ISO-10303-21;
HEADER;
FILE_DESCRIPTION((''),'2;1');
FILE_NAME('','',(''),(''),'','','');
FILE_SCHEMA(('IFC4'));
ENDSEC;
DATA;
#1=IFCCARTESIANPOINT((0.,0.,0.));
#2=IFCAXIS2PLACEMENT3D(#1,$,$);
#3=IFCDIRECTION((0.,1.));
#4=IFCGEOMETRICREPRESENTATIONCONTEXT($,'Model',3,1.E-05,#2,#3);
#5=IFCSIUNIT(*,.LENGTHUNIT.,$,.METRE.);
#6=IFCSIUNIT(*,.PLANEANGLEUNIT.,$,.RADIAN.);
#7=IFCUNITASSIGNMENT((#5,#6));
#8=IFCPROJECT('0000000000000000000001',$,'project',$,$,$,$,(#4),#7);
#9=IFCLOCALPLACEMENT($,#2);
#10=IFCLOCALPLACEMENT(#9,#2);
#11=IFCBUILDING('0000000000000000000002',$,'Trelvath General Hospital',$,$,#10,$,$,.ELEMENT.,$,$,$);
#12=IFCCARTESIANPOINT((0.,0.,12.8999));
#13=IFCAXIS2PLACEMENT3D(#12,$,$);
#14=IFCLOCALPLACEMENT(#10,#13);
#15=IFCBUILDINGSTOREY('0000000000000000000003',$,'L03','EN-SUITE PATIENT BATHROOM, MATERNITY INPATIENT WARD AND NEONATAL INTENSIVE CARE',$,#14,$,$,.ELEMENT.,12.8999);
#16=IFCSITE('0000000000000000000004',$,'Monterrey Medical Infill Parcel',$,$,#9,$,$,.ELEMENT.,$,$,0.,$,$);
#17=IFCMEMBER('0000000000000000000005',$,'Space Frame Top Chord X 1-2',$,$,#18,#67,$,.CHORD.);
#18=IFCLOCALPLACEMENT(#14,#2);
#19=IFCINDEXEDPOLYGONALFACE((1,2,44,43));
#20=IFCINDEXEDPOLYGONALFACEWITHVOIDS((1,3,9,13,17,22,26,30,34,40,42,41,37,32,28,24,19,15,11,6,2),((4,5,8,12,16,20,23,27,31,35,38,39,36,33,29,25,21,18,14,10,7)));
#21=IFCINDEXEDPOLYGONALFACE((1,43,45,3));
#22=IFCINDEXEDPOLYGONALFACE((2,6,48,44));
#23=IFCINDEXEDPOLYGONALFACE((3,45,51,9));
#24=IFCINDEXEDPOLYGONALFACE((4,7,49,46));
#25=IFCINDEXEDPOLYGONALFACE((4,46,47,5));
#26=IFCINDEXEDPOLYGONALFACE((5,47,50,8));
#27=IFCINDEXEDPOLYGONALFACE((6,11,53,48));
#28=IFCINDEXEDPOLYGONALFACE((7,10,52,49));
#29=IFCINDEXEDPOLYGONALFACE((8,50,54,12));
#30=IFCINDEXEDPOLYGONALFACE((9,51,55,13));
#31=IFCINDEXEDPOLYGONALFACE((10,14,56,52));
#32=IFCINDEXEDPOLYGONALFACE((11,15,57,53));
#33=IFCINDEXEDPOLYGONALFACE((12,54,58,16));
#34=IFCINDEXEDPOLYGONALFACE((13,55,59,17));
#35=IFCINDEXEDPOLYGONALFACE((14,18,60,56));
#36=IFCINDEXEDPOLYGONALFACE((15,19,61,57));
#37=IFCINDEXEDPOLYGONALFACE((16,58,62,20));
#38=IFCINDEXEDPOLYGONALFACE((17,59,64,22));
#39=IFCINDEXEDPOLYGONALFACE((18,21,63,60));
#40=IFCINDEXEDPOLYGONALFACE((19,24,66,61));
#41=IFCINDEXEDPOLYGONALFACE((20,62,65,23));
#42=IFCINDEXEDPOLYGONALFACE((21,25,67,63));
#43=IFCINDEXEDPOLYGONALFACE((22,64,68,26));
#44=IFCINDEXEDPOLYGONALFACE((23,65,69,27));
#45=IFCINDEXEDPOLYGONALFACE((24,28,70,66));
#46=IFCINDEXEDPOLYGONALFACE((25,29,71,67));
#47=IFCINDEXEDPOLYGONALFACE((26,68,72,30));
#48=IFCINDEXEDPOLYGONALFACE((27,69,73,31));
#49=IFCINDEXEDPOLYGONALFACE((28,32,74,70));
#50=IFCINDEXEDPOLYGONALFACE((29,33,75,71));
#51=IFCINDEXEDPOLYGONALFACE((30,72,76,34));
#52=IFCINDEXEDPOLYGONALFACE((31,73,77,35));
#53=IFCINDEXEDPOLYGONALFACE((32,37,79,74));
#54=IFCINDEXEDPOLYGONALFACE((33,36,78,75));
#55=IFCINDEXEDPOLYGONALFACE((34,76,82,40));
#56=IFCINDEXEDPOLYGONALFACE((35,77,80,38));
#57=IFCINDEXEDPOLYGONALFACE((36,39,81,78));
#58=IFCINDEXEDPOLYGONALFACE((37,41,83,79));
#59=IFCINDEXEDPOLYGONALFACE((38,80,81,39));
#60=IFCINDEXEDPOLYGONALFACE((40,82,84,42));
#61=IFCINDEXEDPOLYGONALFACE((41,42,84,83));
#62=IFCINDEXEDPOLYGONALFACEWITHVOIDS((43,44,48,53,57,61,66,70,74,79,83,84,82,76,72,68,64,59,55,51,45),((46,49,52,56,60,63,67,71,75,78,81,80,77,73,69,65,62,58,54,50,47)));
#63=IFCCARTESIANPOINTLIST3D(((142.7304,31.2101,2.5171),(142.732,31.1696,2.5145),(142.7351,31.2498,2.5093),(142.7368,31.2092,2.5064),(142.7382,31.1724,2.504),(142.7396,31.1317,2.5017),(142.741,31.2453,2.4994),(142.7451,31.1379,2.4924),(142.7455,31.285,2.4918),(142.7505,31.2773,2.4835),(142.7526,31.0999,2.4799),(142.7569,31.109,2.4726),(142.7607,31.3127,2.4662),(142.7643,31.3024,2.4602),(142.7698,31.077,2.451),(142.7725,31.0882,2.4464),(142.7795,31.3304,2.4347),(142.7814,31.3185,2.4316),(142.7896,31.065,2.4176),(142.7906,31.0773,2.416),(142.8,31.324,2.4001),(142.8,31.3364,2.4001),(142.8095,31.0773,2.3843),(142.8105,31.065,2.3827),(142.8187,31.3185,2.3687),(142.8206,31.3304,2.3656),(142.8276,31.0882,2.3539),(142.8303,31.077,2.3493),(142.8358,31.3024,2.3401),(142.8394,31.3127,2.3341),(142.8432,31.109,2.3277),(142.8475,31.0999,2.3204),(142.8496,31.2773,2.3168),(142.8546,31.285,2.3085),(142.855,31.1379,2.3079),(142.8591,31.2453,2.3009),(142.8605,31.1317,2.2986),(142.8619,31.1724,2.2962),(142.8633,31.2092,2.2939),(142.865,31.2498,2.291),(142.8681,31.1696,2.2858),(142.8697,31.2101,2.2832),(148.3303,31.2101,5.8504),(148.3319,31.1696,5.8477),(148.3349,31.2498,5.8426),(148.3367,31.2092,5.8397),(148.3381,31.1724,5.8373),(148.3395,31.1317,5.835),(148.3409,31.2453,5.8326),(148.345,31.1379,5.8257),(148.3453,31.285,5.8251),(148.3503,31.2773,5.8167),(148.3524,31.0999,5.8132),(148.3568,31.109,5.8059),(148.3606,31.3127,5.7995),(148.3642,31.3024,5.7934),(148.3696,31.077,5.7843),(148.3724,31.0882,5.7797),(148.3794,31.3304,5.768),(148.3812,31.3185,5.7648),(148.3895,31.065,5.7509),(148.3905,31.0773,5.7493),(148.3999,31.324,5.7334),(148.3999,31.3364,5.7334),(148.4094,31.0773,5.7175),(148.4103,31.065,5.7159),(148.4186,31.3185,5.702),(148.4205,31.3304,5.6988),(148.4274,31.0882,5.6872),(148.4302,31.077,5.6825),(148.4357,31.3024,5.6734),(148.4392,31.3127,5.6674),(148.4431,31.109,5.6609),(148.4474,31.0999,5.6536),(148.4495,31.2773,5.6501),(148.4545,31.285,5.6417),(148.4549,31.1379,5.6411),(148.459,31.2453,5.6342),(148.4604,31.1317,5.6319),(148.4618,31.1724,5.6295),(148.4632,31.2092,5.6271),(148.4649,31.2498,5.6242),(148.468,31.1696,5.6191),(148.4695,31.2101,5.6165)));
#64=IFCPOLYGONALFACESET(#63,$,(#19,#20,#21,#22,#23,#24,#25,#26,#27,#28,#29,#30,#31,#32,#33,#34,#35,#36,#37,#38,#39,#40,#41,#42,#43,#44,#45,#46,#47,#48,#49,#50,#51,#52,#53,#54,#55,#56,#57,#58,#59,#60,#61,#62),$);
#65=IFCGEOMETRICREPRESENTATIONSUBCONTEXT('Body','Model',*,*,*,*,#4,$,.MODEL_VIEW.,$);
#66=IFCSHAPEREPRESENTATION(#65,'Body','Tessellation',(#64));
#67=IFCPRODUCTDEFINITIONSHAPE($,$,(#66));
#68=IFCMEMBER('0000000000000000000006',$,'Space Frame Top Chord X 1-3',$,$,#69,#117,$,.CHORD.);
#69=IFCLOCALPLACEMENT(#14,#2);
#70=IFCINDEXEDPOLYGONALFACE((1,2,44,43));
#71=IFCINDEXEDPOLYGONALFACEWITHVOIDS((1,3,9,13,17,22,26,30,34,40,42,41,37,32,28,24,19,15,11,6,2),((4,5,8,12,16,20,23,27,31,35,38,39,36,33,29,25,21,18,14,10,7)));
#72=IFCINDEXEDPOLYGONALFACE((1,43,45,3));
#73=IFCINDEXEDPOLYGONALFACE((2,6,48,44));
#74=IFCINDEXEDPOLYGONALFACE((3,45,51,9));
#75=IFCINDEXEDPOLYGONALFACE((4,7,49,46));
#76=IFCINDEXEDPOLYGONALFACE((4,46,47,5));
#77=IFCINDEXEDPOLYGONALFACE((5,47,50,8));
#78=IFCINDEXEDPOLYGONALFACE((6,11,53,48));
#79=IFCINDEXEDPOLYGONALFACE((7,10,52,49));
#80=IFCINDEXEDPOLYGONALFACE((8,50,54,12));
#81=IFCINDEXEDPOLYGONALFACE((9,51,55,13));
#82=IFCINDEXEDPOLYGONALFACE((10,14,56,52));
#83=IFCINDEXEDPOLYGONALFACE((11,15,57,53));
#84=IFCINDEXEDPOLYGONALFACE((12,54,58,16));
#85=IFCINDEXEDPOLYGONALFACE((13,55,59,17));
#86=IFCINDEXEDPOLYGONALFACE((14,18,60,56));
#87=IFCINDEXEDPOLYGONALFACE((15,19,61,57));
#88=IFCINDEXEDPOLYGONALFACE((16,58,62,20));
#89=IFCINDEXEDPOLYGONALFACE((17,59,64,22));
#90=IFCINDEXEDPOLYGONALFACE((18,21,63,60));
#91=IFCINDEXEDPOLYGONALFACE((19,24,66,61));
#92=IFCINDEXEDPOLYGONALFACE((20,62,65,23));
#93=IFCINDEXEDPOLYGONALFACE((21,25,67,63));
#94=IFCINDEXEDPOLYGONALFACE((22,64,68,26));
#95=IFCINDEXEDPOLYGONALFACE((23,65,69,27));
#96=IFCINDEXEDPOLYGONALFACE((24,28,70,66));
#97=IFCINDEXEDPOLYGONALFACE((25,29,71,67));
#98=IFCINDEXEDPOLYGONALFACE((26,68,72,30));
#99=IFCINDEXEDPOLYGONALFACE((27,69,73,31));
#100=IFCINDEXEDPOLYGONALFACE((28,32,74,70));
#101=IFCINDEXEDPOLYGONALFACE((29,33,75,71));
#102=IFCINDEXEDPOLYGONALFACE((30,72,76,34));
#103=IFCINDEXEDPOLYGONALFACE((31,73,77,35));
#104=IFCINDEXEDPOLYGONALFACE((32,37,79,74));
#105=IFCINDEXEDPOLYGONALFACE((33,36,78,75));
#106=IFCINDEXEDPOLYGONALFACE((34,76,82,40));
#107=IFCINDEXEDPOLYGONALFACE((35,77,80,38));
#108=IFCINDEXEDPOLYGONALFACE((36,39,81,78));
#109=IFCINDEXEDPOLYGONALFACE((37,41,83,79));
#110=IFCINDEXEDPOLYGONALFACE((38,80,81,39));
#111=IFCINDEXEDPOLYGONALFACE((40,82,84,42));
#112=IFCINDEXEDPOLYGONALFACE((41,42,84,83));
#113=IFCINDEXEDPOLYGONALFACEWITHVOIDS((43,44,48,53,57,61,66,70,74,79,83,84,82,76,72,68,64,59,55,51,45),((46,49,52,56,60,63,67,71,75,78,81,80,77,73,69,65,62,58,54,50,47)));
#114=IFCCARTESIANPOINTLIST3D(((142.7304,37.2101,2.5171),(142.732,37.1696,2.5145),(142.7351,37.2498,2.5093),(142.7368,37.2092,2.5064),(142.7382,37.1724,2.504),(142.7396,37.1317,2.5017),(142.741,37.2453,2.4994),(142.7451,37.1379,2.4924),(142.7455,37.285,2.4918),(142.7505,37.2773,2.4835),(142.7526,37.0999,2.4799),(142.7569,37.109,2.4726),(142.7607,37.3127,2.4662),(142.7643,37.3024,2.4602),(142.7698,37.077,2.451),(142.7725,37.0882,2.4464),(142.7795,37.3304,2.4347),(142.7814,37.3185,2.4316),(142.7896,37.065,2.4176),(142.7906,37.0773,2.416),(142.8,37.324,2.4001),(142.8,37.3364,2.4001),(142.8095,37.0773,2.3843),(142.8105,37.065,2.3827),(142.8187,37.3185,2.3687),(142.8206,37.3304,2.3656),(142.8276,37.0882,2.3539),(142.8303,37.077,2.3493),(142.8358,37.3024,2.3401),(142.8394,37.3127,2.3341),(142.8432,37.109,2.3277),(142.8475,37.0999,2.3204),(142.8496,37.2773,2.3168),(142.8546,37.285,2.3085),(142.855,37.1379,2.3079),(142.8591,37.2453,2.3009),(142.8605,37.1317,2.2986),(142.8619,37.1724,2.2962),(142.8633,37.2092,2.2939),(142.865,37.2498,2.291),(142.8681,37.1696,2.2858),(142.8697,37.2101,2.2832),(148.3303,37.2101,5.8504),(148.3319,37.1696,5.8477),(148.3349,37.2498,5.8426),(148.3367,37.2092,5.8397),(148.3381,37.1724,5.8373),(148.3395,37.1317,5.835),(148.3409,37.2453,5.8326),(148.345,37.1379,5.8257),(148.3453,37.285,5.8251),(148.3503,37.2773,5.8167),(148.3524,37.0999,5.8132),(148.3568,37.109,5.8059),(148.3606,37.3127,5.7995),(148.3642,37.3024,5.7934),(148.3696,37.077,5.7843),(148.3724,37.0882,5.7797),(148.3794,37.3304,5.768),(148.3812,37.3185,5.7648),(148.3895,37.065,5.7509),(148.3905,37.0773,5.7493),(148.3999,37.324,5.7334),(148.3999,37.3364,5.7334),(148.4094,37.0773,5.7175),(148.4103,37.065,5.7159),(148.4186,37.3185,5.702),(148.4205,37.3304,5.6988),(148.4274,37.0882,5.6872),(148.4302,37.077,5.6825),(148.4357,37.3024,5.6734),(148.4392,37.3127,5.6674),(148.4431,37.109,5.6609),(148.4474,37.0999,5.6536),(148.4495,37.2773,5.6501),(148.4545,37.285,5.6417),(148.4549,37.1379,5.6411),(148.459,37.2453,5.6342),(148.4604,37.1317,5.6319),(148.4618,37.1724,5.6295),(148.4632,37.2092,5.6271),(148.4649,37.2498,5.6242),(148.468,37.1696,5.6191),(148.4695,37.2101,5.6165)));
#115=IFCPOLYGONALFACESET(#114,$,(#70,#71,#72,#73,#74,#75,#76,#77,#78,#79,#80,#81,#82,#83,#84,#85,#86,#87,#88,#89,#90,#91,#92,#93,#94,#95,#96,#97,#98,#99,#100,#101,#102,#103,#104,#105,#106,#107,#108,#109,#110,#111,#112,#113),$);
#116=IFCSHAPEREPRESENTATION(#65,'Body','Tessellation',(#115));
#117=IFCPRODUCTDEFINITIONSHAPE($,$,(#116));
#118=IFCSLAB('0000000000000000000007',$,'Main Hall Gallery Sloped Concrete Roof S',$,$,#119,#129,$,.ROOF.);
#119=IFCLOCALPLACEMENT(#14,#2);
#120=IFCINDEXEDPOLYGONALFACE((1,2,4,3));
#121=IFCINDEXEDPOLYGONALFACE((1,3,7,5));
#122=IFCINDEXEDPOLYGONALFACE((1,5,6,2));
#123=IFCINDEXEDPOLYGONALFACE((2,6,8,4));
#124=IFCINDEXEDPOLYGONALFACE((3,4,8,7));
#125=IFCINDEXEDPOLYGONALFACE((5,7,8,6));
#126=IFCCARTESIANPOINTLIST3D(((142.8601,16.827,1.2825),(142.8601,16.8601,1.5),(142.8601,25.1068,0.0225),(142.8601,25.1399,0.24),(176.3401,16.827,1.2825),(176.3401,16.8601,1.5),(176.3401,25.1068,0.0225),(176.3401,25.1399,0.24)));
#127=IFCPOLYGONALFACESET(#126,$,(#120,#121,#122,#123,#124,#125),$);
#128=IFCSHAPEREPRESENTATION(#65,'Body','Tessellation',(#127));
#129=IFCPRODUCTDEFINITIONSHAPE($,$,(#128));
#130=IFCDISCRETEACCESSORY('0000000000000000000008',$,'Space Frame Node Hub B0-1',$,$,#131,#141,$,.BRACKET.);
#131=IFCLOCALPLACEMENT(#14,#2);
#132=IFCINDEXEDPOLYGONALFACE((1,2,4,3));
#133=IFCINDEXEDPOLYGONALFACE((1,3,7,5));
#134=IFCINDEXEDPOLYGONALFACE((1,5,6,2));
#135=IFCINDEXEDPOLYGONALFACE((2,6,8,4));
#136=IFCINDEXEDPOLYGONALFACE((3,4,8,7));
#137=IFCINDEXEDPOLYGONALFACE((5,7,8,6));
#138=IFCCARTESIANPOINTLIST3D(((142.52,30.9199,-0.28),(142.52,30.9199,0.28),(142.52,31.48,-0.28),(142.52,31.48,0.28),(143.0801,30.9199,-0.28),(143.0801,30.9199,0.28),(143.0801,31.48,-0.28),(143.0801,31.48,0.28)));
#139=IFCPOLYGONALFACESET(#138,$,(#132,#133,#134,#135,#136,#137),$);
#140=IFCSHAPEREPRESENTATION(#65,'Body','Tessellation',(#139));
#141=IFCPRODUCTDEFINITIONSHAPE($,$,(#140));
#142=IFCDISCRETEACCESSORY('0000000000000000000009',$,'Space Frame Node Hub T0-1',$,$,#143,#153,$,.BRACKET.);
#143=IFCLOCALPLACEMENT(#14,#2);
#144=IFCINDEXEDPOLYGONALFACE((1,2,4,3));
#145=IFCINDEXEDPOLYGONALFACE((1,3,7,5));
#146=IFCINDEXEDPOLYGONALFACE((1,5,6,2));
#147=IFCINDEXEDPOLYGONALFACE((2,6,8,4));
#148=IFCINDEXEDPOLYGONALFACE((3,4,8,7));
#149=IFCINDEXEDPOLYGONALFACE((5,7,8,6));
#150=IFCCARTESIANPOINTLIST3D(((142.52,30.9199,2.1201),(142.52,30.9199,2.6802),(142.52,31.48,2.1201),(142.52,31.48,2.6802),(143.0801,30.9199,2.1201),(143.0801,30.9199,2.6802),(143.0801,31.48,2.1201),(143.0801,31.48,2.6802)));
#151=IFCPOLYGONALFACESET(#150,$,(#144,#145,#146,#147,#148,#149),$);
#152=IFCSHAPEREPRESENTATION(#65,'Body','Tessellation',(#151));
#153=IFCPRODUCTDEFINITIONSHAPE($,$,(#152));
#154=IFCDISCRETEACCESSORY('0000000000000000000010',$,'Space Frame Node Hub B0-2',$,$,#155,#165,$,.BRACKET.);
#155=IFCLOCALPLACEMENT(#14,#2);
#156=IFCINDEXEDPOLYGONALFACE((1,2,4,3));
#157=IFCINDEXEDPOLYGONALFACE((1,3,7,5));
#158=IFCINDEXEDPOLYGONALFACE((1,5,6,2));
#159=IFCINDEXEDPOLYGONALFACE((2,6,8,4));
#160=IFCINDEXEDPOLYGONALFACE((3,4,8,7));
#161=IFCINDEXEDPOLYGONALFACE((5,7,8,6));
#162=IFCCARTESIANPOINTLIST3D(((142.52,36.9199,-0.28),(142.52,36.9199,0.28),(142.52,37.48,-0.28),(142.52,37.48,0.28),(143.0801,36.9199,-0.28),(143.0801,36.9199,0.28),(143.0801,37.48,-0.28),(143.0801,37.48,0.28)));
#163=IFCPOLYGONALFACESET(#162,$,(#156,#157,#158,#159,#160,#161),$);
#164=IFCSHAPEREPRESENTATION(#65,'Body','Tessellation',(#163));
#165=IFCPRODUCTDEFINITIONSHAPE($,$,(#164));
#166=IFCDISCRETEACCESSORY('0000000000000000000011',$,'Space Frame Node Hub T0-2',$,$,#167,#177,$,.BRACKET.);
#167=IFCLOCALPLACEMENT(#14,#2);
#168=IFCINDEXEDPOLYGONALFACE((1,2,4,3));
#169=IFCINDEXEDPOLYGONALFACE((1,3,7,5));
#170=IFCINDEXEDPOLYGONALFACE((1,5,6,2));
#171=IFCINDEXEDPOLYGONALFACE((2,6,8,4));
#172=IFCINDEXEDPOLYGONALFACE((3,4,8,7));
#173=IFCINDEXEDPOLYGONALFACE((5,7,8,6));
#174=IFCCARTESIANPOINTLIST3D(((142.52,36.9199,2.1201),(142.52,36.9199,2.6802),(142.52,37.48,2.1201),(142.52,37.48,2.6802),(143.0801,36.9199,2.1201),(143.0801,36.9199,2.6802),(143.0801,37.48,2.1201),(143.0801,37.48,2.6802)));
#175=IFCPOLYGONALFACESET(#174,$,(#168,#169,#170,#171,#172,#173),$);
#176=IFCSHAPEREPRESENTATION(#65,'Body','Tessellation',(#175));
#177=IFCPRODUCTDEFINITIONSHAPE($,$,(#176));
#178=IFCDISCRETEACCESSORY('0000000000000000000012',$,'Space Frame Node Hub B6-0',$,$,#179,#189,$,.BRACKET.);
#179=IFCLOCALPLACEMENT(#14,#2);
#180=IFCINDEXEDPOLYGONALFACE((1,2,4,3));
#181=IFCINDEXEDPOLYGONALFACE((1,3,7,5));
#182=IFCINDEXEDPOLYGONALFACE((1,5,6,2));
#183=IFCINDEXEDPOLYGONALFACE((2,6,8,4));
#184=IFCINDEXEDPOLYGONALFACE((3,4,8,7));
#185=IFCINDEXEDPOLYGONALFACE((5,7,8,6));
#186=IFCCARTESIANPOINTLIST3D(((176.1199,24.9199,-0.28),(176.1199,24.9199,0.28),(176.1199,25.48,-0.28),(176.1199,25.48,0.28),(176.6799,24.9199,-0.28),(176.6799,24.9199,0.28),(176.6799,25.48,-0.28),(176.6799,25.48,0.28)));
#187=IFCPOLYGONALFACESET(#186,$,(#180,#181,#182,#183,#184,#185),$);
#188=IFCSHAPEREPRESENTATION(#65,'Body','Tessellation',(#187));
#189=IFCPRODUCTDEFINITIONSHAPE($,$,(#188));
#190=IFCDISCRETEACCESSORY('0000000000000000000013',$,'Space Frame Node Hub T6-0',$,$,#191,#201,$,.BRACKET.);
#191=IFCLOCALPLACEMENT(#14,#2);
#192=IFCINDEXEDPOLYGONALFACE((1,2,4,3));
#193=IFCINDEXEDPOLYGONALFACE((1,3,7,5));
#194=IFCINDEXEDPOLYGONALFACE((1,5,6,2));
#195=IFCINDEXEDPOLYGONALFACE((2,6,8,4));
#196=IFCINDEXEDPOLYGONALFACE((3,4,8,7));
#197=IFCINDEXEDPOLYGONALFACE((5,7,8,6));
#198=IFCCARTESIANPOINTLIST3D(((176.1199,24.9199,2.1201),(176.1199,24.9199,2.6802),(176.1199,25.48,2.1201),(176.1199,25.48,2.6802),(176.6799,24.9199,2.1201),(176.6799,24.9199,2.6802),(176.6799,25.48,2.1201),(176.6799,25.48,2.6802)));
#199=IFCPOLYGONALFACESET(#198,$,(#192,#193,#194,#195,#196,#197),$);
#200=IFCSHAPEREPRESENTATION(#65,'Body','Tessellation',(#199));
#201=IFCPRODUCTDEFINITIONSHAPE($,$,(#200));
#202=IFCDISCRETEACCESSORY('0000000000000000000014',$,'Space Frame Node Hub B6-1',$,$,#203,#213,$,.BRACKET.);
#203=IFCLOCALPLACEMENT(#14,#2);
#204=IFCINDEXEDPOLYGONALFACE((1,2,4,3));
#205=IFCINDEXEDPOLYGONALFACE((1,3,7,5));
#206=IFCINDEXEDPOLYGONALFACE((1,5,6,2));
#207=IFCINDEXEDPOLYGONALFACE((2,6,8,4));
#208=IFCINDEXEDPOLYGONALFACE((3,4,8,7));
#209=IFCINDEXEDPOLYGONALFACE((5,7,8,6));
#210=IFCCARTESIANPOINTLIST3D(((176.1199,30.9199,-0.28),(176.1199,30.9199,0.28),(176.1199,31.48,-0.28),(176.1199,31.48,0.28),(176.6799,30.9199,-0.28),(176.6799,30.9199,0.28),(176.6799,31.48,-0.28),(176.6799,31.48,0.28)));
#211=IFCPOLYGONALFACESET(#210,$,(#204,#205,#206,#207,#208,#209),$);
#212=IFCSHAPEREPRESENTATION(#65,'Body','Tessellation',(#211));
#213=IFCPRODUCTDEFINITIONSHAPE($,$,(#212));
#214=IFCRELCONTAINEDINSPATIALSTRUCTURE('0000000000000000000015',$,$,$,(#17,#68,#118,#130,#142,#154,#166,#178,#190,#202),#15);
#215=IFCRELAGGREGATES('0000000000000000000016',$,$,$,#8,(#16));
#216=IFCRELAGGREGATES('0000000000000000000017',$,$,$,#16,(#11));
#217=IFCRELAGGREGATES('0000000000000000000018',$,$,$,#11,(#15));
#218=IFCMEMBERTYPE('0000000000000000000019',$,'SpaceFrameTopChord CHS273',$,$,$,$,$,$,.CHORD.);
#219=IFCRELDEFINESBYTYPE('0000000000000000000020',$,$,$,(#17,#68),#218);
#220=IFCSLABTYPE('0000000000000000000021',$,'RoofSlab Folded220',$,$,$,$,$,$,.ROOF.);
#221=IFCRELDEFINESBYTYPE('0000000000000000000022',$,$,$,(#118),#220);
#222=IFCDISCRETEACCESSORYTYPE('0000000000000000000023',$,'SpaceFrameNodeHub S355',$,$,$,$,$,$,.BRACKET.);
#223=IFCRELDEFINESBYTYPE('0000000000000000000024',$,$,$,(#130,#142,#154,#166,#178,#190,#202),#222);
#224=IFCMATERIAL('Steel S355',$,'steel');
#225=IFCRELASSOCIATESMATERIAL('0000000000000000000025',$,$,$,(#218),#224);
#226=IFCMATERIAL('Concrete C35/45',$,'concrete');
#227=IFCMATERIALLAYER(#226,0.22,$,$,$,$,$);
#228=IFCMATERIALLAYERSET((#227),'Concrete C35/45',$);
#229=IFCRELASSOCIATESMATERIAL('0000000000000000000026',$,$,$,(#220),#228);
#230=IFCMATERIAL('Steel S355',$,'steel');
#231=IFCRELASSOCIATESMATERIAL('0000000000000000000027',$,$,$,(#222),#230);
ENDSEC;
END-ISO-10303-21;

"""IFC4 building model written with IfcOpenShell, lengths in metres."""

from ifc_helpers import new_model, si_unit, direction, frame, origin, origin_2d, place, context, subcontext, project, spatial, polyline, rectangle, hollow_circle, outline, extrude, material, layer, layer_set, material_profile, profile_set, type_object, element, save


model = new_model("IFC4")

# Units and contexts
model_context = context("Model", 3, precision=1e-05, world=origin(), true_north=direction((0.0, 1.0)))
body_context = subcontext(model_context, "Body", "Model", "MODEL_VIEW")
ifc_project = project(units=[si_unit("LENGTHUNIT", "METRE"), si_unit("PLANEANGLEUNIT", "RADIAN")], contexts=[model_context])

# Site, building, storey
site_placement = place(None, origin())
site = spatial("IfcSite", under=ifc_project, at=site_placement, Name="Monterrey Medical Infill Parcel", CompositionType="ELEMENT", RefElevation=0.0)
building_placement = place(site_placement, origin())
building = spatial("IfcBuilding", under=site, at=building_placement, Name="Trelvath General Hospital", CompositionType="ELEMENT")
storey_placement = place(building_placement, frame((0.0, 0.0, 12.8999)))
storey = spatial("IfcBuildingStorey", under=building, at=storey_placement, Name="L03", Description="EN-SUITE PATIENT BATHROOM, MATERNITY INPATIENT WARD AND NEONATAL INTENSIVE CARE", CompositionType="ELEMENT", Elevation=12.8999)

# Members
ifc_material_1 = material(Name="Steel S355", Category="steel")
ifc_material_profile_1 = material_profile(ifc_material_1, hollow_circle(Radius=0.1365, WallThickness=0.0125, at=origin_2d()), Name="CHS273.0x12.5")
ifc_profile_set_1 = profile_set([ifc_material_profile_1], Name="Steel S355")
member_type_1 = type_object("IfcMemberType", Name="SpaceFrameTopChord CHS273", PredefinedType="CHORD", material=ifc_profile_set_1)
for number, where, z_axis, x_axis, name in (
    (1, (142.8, 31.2, 2.4001), (0.859292, 0.0, 0.511485), (0.0, 1.0, 0.0), "Space Frame Top Chord X 1-2"),
    (2, (142.8, 37.2, 2.4001), (0.859292, 0.0, 0.511485), (0.0, 1.0, 0.0), "Space Frame Top Chord X 1-3"),
):
    element("IfcMember", number, at=place(storey_placement, frame(where, z_axis=z_axis, x_axis=x_axis)), inside=storey, type_object=member_type_1, Name=name, PredefinedType="CHORD", context=body_context, shape_type="SweptSolid", body=[
        extrude(hollow_circle(Radius=0.1365, WallThickness=0.0125, at=origin_2d()), origin(), (0.0, 0.0, 1.0), 6.5168),
    ])

# Slab
ifc_material_2 = material(Name="Concrete C35/45", Category="concrete")
ifc_layer = layer(ifc_material_2, 0.22)
ifc_layer_set = layer_set([ifc_layer], Name="Concrete C35/45")
slab_type = type_object("IfcSlabType", Name="RoofSlab Folded220", PredefinedType="ROOF", material=ifc_layer_set)
slab_placement = place(storey_placement, frame((142.8601, 16.8601, 1.5), z_axis=(0.0, 0.150447, 0.988618), x_axis=(1.0, 0.0, 0.0)))
element("IfcSlab", 3, at=slab_placement, inside=storey, type_object=slab_type, Name="Main Hall Gallery Sloped Concrete Roof S", PredefinedType="ROOF", context=body_context, shape_type="SweptSolid", body=[
    extrude(outline(polyline([(0.0, 0.0), (33.48, 0.0), (33.48, 8.3751), (0.0, 8.3751), (0.0, 0.0)])), origin(), (0.0, 0.0, -1.0), 0.22),
])

# Discrete accessories
ifc_material_3 = material(Name="Steel S355", Category="steel")
discrete_accessory_type = type_object("IfcDiscreteAccessoryType", Name="SpaceFrameNodeHub S355", PredefinedType="BRACKET", material=ifc_material_3)
for number, where, z_axis, x_axis, name in (
    (4, (142.8, 31.2, -0.28), (0.0, 0.0, 1.0), (1.0, 0.0, 0.0), "Space Frame Node Hub B0-1"),
    (5, (142.8, 31.2, 2.1201), (0.0, 0.0, 1.0), (1.0, 0.0, 0.0), "Space Frame Node Hub T0-1"),
    (6, (142.8, 37.2, -0.28), (0.0, 0.0, 1.0), (1.0, 0.0, 0.0), "Space Frame Node Hub B0-2"),
    (7, (142.8, 37.2, 2.1201), (0.0, 0.0, 1.0), (1.0, 0.0, 0.0), "Space Frame Node Hub T0-2"),
    (8, (176.3999, 25.2, -0.28), (0.0, 0.0, 1.0), (1.0, 0.0, 0.0), "Space Frame Node Hub B6-0"),
    (9, (176.3999, 25.2, 2.1201), (0.0, 0.0, 1.0), (1.0, 0.0, 0.0), "Space Frame Node Hub T6-0"),
    (10, (176.3999, 31.2, -0.28), (0.0, 0.0, 1.0), (1.0, 0.0, 0.0), "Space Frame Node Hub B6-1"),
):
    element("IfcDiscreteAccessory", number, at=place(storey_placement, frame(where, z_axis=z_axis, x_axis=x_axis)), inside=storey, type_object=discrete_accessory_type, Name=name, PredefinedType="BRACKET", context=body_context, shape_type="SweptSolid", body=[
        extrude(rectangle(XDim=0.5601, YDim=0.5601, at=origin_2d()), origin(), (0.0, 0.0, 1.0), 0.5601),
    ])

save(model, "model.ifc")
